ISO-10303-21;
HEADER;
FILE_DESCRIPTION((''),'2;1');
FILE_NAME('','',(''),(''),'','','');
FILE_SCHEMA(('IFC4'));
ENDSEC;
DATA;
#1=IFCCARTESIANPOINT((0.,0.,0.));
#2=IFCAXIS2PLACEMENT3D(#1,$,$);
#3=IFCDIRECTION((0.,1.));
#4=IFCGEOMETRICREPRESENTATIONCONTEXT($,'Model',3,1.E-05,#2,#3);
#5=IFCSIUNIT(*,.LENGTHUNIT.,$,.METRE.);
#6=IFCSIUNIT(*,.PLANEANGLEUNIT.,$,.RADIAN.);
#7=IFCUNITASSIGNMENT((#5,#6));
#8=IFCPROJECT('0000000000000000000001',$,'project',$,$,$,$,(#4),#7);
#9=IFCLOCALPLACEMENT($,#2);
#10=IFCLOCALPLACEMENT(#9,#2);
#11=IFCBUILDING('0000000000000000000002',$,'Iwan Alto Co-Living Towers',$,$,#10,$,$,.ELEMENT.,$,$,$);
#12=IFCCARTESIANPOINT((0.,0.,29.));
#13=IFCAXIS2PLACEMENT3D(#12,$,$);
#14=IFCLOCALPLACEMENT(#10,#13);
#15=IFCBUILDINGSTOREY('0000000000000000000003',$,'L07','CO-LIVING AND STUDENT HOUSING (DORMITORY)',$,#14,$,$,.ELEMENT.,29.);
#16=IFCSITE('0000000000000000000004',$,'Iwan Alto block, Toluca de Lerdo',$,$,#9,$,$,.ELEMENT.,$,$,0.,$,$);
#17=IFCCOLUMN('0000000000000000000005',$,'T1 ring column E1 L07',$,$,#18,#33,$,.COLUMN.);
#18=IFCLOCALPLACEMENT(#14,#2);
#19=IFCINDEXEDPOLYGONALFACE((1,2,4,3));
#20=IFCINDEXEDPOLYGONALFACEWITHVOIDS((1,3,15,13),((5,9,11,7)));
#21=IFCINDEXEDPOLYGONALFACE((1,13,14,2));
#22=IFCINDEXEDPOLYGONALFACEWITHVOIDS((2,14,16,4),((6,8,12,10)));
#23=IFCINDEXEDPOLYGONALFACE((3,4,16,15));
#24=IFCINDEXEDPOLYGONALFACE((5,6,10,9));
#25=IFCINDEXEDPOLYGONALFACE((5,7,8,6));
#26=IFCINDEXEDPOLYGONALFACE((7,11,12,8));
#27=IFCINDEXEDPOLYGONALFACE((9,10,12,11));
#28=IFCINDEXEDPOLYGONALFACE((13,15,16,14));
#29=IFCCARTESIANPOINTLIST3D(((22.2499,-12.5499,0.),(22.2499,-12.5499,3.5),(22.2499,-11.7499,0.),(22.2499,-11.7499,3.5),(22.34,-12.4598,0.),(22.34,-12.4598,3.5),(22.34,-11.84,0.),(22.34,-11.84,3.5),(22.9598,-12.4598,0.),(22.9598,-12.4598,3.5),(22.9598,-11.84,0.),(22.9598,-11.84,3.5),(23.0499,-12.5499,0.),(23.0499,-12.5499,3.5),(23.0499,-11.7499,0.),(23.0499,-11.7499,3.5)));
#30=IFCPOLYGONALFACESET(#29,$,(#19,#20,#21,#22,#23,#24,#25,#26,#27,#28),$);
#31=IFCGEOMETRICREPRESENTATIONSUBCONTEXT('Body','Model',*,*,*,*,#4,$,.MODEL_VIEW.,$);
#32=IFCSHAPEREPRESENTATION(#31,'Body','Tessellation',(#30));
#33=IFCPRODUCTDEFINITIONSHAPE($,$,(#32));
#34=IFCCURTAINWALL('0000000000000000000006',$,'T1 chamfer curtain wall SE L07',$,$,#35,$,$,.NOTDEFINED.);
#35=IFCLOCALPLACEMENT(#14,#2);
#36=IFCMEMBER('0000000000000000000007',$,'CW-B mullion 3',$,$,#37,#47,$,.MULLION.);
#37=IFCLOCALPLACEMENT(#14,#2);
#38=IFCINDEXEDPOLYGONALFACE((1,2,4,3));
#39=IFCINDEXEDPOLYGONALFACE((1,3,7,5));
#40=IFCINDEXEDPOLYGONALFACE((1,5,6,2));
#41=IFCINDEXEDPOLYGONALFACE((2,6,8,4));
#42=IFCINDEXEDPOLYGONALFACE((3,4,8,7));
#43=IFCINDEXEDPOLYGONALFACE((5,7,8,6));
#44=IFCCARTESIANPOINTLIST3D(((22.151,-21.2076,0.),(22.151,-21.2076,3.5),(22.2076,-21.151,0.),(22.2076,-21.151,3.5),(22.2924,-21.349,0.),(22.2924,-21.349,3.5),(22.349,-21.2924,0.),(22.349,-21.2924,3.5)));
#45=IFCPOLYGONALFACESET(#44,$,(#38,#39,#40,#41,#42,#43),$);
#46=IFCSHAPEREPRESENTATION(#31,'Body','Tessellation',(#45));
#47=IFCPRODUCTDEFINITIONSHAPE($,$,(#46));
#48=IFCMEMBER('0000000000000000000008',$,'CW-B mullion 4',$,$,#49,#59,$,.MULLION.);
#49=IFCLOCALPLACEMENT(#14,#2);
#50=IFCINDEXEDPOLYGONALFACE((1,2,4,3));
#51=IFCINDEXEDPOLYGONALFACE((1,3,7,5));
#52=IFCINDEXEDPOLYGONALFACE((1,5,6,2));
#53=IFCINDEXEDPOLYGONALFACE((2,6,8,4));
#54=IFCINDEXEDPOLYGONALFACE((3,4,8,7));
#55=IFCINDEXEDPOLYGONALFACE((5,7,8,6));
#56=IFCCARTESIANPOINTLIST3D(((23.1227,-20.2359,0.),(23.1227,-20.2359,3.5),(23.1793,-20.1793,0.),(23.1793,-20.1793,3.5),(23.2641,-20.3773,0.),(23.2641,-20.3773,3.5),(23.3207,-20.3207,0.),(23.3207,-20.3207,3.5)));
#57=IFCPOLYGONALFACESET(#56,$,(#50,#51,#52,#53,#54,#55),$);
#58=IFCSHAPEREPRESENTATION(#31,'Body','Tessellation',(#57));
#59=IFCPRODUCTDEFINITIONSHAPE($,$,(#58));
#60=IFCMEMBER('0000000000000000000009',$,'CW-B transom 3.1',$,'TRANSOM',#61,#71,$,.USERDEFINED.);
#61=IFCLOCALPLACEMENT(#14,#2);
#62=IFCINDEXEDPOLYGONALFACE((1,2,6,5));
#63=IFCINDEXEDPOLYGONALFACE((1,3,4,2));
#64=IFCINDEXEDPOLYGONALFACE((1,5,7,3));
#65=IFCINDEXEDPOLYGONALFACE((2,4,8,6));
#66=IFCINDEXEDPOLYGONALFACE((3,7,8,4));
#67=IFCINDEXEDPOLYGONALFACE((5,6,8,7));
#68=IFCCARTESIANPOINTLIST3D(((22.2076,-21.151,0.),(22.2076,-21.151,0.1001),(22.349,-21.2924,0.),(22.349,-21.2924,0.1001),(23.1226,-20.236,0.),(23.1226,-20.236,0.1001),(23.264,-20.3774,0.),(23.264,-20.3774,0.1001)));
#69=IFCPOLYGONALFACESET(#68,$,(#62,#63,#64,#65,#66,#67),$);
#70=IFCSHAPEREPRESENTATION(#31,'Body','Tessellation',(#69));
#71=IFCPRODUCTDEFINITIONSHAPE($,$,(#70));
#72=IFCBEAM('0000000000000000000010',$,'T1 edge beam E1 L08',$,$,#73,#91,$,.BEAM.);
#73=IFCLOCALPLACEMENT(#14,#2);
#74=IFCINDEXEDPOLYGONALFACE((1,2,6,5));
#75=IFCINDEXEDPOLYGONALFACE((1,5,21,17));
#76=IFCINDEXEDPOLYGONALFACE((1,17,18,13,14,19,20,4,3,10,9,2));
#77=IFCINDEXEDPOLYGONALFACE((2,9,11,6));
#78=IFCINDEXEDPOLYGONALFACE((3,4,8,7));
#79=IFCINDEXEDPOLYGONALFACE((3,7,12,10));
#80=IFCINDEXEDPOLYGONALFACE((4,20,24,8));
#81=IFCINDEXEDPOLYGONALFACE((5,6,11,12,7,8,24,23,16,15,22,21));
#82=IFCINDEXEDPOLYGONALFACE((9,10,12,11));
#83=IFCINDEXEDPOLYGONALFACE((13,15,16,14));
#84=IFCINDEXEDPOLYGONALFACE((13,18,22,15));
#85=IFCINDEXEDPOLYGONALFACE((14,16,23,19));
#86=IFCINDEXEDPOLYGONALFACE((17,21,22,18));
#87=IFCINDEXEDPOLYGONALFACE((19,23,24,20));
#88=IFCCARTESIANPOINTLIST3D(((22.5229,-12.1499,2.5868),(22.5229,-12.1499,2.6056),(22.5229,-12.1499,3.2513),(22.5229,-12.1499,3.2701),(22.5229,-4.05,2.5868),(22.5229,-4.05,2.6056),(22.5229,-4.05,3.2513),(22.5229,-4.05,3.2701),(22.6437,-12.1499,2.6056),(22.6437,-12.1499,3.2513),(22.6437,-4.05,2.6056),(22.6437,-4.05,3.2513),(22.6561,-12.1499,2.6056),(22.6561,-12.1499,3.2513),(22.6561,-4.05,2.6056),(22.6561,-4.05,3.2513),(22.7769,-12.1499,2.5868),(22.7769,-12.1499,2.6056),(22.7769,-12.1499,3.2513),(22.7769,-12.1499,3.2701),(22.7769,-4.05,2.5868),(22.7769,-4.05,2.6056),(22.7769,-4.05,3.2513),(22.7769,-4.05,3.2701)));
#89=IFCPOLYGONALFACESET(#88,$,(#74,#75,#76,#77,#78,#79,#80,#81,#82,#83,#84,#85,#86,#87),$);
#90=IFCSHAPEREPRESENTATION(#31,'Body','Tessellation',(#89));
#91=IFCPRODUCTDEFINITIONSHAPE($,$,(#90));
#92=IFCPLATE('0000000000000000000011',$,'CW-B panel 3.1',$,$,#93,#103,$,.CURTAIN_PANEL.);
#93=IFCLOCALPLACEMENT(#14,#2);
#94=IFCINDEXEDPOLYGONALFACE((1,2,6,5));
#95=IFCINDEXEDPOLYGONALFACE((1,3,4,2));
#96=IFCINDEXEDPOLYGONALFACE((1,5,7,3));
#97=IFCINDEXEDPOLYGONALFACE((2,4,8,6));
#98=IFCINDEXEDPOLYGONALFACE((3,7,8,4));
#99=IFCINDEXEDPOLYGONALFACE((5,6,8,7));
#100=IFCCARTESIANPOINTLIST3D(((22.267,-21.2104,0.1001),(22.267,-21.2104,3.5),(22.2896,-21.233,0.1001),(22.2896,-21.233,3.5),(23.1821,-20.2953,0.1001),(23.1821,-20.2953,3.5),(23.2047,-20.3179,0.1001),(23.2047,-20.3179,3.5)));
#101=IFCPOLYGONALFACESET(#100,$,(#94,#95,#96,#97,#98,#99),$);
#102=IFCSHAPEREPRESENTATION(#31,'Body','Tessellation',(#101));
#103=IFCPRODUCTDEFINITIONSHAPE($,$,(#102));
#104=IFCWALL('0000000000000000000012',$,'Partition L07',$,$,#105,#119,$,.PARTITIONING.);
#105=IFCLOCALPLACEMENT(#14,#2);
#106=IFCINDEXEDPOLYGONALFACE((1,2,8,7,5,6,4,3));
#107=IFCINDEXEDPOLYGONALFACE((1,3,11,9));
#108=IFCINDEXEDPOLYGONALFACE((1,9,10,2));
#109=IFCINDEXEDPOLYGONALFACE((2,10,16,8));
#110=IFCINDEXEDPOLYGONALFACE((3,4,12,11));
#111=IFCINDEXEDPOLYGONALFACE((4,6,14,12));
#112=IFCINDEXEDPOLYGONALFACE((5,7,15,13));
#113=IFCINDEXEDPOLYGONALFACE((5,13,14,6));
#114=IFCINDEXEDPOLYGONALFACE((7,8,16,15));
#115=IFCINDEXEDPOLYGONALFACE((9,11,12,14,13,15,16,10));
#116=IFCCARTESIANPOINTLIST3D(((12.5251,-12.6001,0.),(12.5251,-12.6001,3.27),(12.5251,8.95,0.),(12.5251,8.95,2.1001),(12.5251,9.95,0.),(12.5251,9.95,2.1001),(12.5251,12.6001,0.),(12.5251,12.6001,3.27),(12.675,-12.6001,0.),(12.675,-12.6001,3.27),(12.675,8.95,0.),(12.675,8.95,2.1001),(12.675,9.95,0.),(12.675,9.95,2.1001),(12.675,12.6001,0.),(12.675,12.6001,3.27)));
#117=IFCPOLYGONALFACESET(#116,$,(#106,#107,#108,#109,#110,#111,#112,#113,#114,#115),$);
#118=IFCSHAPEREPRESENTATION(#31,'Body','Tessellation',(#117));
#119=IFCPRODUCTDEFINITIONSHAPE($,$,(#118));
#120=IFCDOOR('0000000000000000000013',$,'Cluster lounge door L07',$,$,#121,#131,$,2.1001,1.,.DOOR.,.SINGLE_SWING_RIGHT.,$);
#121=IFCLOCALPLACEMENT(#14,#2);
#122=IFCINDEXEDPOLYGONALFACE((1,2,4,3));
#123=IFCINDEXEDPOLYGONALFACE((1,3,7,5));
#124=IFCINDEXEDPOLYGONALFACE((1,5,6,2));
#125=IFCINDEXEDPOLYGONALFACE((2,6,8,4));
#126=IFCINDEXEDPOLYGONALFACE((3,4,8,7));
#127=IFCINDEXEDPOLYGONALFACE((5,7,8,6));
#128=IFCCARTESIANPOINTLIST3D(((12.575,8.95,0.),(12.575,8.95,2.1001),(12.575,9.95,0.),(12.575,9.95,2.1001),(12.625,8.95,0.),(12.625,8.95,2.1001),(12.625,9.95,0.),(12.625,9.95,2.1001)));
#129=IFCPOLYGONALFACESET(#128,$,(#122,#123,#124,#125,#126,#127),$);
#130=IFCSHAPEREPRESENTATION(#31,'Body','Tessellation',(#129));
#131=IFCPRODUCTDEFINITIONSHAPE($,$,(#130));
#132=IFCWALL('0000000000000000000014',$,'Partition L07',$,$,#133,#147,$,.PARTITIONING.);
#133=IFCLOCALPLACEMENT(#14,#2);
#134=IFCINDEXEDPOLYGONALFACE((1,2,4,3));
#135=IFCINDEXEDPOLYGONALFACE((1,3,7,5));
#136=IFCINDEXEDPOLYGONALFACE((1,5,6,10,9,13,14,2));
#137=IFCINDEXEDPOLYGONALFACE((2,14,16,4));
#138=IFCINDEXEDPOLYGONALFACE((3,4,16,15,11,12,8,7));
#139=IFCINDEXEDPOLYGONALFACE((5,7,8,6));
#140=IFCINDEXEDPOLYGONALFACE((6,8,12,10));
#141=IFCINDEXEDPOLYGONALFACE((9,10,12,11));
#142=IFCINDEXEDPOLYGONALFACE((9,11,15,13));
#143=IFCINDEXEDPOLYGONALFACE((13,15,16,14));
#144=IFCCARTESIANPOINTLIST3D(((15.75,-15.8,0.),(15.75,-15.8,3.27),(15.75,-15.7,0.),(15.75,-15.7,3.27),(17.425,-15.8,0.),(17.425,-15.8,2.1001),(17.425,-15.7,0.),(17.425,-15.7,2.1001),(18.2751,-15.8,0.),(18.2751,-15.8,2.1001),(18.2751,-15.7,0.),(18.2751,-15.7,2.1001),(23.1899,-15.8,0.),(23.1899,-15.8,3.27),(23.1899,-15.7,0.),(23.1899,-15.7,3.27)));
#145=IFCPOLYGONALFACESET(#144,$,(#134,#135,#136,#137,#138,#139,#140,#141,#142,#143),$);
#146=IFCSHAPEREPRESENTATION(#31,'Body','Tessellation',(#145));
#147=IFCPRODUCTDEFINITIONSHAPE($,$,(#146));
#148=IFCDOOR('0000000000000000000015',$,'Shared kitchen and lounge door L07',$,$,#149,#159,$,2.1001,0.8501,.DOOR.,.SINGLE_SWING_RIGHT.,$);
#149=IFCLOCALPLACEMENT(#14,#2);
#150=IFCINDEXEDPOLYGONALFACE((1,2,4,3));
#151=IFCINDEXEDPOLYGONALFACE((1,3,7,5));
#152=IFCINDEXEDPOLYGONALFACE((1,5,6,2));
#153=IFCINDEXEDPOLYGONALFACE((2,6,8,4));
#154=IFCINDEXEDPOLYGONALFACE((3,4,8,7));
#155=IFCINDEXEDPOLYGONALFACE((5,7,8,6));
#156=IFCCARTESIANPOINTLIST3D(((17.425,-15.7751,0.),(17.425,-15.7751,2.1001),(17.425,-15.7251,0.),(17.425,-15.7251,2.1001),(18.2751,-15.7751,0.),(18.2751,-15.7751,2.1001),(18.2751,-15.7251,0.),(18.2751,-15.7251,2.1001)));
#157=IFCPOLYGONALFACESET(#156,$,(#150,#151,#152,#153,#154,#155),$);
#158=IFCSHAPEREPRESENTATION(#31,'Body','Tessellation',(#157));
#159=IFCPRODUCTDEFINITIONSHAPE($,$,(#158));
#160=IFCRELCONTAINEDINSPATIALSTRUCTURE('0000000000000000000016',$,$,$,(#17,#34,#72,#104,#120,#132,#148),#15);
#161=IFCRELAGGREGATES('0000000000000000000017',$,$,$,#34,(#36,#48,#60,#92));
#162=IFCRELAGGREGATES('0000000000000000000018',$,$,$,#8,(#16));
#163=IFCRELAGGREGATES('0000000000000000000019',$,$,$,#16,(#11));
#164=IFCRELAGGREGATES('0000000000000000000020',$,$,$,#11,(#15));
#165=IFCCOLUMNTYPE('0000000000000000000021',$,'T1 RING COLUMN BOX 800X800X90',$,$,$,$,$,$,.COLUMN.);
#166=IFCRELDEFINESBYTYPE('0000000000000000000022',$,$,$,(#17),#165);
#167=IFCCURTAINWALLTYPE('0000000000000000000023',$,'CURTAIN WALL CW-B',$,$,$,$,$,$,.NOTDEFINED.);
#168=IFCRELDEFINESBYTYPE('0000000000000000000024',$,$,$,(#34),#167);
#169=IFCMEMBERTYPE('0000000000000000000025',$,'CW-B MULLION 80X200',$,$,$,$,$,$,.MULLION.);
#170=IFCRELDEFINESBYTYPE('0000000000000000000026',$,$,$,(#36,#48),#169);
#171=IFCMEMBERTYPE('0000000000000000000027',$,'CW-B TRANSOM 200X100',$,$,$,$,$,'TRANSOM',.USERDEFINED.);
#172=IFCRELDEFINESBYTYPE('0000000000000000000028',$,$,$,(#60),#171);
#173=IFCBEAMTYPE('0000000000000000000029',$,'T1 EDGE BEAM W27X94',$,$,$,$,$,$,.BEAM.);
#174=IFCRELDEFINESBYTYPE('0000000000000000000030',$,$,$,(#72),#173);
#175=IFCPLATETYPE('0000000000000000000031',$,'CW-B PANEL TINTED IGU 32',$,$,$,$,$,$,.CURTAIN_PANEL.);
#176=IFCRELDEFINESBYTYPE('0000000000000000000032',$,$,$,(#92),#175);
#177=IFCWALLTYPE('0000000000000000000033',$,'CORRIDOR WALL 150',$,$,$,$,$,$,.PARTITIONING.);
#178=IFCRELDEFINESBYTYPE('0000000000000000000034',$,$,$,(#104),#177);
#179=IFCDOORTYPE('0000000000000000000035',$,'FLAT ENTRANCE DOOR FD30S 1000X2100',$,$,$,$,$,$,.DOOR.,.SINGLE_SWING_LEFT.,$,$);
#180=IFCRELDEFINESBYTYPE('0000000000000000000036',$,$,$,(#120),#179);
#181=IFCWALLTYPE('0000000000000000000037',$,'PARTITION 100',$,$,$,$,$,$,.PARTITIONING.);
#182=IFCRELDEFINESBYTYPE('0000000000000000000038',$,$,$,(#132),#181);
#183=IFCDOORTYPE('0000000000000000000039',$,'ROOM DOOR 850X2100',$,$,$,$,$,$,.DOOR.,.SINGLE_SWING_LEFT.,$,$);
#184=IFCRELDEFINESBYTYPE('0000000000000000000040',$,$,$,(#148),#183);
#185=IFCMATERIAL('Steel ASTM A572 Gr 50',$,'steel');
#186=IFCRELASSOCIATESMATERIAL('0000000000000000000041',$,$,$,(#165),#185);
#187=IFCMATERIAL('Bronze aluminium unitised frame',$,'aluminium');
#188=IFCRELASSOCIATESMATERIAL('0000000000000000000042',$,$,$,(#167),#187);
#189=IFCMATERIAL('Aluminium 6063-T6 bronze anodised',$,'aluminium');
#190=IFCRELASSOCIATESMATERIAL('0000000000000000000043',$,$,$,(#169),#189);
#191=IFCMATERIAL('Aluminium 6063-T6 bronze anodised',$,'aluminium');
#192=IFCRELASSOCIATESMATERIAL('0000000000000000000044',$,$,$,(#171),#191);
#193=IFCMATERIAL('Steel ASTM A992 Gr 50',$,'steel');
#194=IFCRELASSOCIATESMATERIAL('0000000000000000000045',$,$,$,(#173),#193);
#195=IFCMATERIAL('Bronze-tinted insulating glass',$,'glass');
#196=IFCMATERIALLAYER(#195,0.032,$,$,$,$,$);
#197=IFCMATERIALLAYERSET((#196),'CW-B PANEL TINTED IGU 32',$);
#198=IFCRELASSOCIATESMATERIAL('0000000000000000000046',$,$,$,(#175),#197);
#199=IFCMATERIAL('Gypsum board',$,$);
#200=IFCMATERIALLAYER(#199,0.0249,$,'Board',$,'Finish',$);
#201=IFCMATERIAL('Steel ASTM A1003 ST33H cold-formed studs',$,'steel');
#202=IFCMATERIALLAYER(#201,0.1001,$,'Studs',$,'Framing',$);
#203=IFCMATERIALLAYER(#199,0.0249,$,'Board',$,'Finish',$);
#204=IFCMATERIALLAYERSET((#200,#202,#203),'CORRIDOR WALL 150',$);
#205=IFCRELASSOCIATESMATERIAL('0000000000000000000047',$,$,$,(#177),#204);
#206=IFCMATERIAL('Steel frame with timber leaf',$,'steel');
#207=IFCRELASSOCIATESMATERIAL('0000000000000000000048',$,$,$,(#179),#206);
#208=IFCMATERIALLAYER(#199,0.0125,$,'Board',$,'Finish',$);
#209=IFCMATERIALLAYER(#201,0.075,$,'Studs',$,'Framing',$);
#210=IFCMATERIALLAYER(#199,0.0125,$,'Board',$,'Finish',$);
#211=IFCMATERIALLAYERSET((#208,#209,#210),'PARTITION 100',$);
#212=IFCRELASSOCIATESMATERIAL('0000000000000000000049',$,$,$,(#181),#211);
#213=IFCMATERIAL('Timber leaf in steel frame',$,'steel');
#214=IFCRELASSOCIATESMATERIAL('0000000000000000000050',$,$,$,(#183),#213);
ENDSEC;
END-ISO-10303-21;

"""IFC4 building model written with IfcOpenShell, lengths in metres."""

from ifc_helpers import new_model, si_unit, direction, frame, frame_2d, origin, origin_2d, place, context, subcontext, project, spatial, rectangle, hollow_rectangle, i_section, extrude, material, layer, layer_set, material_profile, profile_set, type_object, element, fill, aggregate, save


model = new_model("IFC4")

# Units and contexts
model_context = context("Model", 3, precision=1e-05, world=origin(), true_north=direction((0.0, 1.0)))
body_context = subcontext(model_context, "Body", "Model", "MODEL_VIEW")
ifc_project = project(units=[si_unit("LENGTHUNIT", "METRE"), si_unit("PLANEANGLEUNIT", "RADIAN")], contexts=[model_context])

# Site, building, storey
site_placement = place(None, origin())
site = spatial("IfcSite", under=ifc_project, at=site_placement, Name="Iwan Alto block, Toluca de Lerdo", CompositionType="ELEMENT", RefElevation=0.0)
building_placement = place(site_placement, origin())
building = spatial("IfcBuilding", under=site, at=building_placement, Name="Iwan Alto Co-Living Towers", CompositionType="ELEMENT")
storey_placement = place(building_placement, frame((0.0, 0.0, 29.0)))
storey = spatial("IfcBuildingStorey", under=building, at=storey_placement, Name="L07", Description="CO-LIVING AND STUDENT HOUSING (DORMITORY)", CompositionType="ELEMENT", Elevation=29.0)

# Column
ifc_material_1 = material(Name="Steel ASTM A572 Gr 50", Category="steel")
ifc_material_profile_1 = material_profile(ifc_material_1, hollow_rectangle(XDim=0.8, YDim=0.8, WallThickness=0.0901, at=origin_2d()), Name="BOX 800X800X90")
ifc_profile_set_1 = profile_set([ifc_material_profile_1], Name="Steel ASTM A572 Gr 50")
column_type = type_object("IfcColumnType", Name="T1 RING COLUMN BOX 800X800X90", PredefinedType="COLUMN", material=ifc_profile_set_1)
column_placement = place(storey_placement, frame((22.6499, -12.1499, 0.0), z_axis=(0.0, 0.0, 1.0), x_axis=(1.0, 0.0, 0.0)))
element("IfcColumn", 1, at=column_placement, inside=storey, type_object=column_type, Name="T1 ring column E1 L07", PredefinedType="COLUMN", context=body_context, shape_type="SweptSolid", body=[
    extrude(hollow_rectangle(XDim=0.8, YDim=0.8, WallThickness=0.0901, at=origin_2d()), origin(), (0.0, 0.0, 1.0), 3.5),
])

# Curtain wall, members
ifc_material_2 = material(Name="Bronze aluminium unitised frame", Category="aluminium")
curtain_wall_type = type_object("IfcCurtainWallType", Name="CURTAIN WALL CW-B", PredefinedType="NOTDEFINED", material=ifc_material_2)
curtain_wall_placement = place(storey_placement, origin())
curtain_wall = element("IfcCurtainWall", 2, at=curtain_wall_placement, inside=storey, type_object=curtain_wall_type, Name="T1 chamfer curtain wall SE L07", PredefinedType="NOTDEFINED")
ifc_material_3 = material(Name="Aluminium 6063-T6 bronze anodised", Category="aluminium")
ifc_material_profile_2 = material_profile(ifc_material_3, rectangle(XDim=0.2, YDim=0.0801, at=origin_2d()), Name="AL 80X200")
ifc_profile_set_2 = profile_set([ifc_material_profile_2], Name="Aluminium 6063-T6 bronze anodised")
member_type_1 = type_object("IfcMemberType", Name="CW-B MULLION 80X200", PredefinedType="MULLION", material=ifc_profile_set_2)
member_1_placement = place(storey_placement, frame((22.25, -21.25, 0.0), z_axis=(0.0, 0.0, 1.0), x_axis=(-0.707107, 0.707107, 0.0)))
member_1 = element("IfcMember", 3, at=member_1_placement, type_object=member_type_1, Name="CW-B mullion 3", PredefinedType="MULLION", context=body_context, shape_type="SweptSolid", body=[
    extrude(rectangle(XDim=0.2, YDim=0.0801, at=origin_2d()), origin(), (0.0, 0.0, 1.0), 3.5),
])
member_2_placement = place(storey_placement, frame((23.2217, -20.2783, 0.0), z_axis=(0.0, 0.0, 1.0), x_axis=(-0.707107, 0.707107, 0.0)))
member_2 = element("IfcMember", 4, at=member_2_placement, type_object=member_type_1, Name="CW-B mullion 4", PredefinedType="MULLION", context=body_context, shape_type="SweptSolid", body=[
    extrude(rectangle(XDim=0.2, YDim=0.0801, at=origin_2d()), origin(), (0.0, 0.0, 1.0), 3.5),
])
ifc_material_4 = material(Name="Aluminium 6063-T6 bronze anodised", Category="aluminium")
ifc_material_profile_3 = material_profile(ifc_material_4, rectangle(XDim=0.2, YDim=0.1001, at=origin_2d()), Name="AL 200X100")
ifc_profile_set_3 = profile_set([ifc_material_profile_3], Name="Aluminium 6063-T6 bronze anodised")
member_type_2 = type_object("IfcMemberType", Name="CW-B TRANSOM 200X100", ElementType="TRANSOM", PredefinedType="USERDEFINED", material=ifc_profile_set_3)
member_3_placement = place(storey_placement, frame((22.2783, -21.2217, 0.05), z_axis=(0.707107, 0.707107, 0.0), x_axis=(-0.707107, 0.707107, 0.0)))
member_3 = element("IfcMember", 5, at=member_3_placement, type_object=member_type_2, Name="CW-B transom 3.1", ObjectType="TRANSOM", PredefinedType="USERDEFINED", context=body_context, shape_type="SweptSolid", body=[
    extrude(rectangle(XDim=0.2, YDim=0.1001, at=origin_2d()), origin(), (0.0, 0.0, 1.0), 1.2939),
])

# Beam
ifc_material_5 = material(Name="Steel ASTM A992 Gr 50", Category="steel")
ifc_material_profile_4 = material_profile(ifc_material_5, i_section(OverallWidth=0.2539, OverallDepth=0.6833, WebThickness=0.0125, FlangeThickness=0.0188, at=origin_2d()), Name="W27X94")
ifc_profile_set_4 = profile_set([ifc_material_profile_4], Name="Steel ASTM A992 Gr 50")
beam_type = type_object("IfcBeamType", Name="T1 EDGE BEAM W27X94", PredefinedType="BEAM", material=ifc_profile_set_4)
beam_placement = place(storey_placement, frame((22.6499, -12.1499, 2.9285), z_axis=(0.0, 1.0, 0.0), x_axis=(-1.0, 0.0, 0.0)))
element("IfcBeam", 6, at=beam_placement, inside=storey, type_object=beam_type, Name="T1 edge beam E1 L08", PredefinedType="BEAM", context=body_context, shape_type="SweptSolid", body=[
    extrude(i_section(OverallWidth=0.2539, OverallDepth=0.6833, WebThickness=0.0125, FlangeThickness=0.0188, at=origin_2d()), origin(), (0.0, 0.0, 1.0), 8.0999),
])

# Plate
ifc_material_6 = material(Name="Bronze-tinted insulating glass", Category="glass")
ifc_layer_1 = layer(ifc_material_6, 0.032)
ifc_layer_set_1 = layer_set([ifc_layer_1], Name="CW-B PANEL TINTED IGU 32")
plate_type = type_object("IfcPlateType", Name="CW-B PANEL TINTED IGU 32", PredefinedType="CURTAIN_PANEL", material=ifc_layer_set_1)
plate_placement = place(storey_placement, frame((22.7358, -20.7642, 0.1001), z_axis=(0.0, 0.0, 1.0), x_axis=(0.707107, 0.707107, 0.0)))
plate = element("IfcPlate", 7, at=plate_placement, type_object=plate_type, Name="CW-B panel 3.1", PredefinedType="CURTAIN_PANEL", context=body_context, shape_type="SweptSolid", body=[
    extrude(rectangle(XDim=1.2942, YDim=0.032, at=origin_2d()), origin(), (0.0, 0.0, 1.0), 3.3999),
])
aggregate(curtain_wall, [member_1, member_2, member_3, plate])

# Walls, openings, doors
ifc_material_7 = material(Name="Gypsum board")
ifc_layer_2 = layer(ifc_material_7, 0.0249, Name="Board", Category="Finish")
ifc_material_8 = material(Name="Steel ASTM A1003 ST33H cold-formed studs", Category="steel")
ifc_layer_3 = layer(ifc_material_8, 0.1001, Name="Studs", Category="Framing")
ifc_layer_4 = layer(ifc_material_7, 0.0249, Name="Board", Category="Finish")
ifc_layer_set_2 = layer_set([ifc_layer_2, ifc_layer_3, ifc_layer_4], Name="CORRIDOR WALL 150")
wall_type_1 = type_object("IfcWallType", Name="CORRIDOR WALL 150", PredefinedType="PARTITIONING", material=ifc_layer_set_2)
wall_1_placement = place(storey_placement, frame((12.6001, -12.6001, 0.0), z_axis=(0.0, 0.0, 1.0), x_axis=(0.0, 1.0, 0.0)))
wall_1 = element("IfcWall", 8, at=wall_1_placement, inside=storey, type_object=wall_type_1, Name="Partition L07", PredefinedType="PARTITIONING", context=body_context, shape_type="SweptSolid", body=[
    extrude(rectangle(XDim=25.2002, YDim=0.1499, at=frame_2d((12.6001, 0.0))), origin(), (0.0, 0.0, 1.0), 3.27),
])
opening_1_placement = place(wall_1_placement, frame((21.55, 0.0, 0.0)))
opening_1 = element("IfcOpeningElement", 9, at=opening_1_placement, cuts=wall_1, PredefinedType="OPENING", context=body_context, shape_type="SweptSolid", body=[
    extrude(rectangle(XDim=1.0, YDim=2.1001, at=frame_2d((0.5, 1.05))), frame((0.0, 0.085, 0.0), z_axis=(0.0, -1.0, 0.0), x_axis=(1.0, 0.0, 0.0)), (0.0, 0.0, 1.0), 0.1699),
])
ifc_material_9 = material(Name="Steel frame with timber leaf", Category="steel")
door_type_1 = type_object("IfcDoorType", Name="FLAT ENTRANCE DOOR FD30S 1000X2100", OperationType="SINGLE_SWING_LEFT", PredefinedType="DOOR", material=ifc_material_9)
door_1_placement = place(opening_1_placement, frame((1.0, 0.0, 0.0), z_axis=(0.0, 0.0, 1.0), x_axis=(-1.0, 0.0, 0.0)))
door_1 = element("IfcDoor", 10, at=door_1_placement, inside=storey, type_object=door_type_1, Name="Cluster lounge door L07", OperationType="SINGLE_SWING_RIGHT", OverallHeight=2.1001, OverallWidth=1.0, PredefinedType="DOOR", context=body_context, shape_type="SweptSolid", body=[
    extrude(rectangle(XDim=1.0, YDim=2.1001, at=frame_2d((0.5, 1.05))), frame((0.0, 0.0249, 0.0), z_axis=(0.0, -1.0, 0.0), x_axis=(1.0, 0.0, 0.0)), (0.0, 0.0, 1.0), 0.05),
])
fill(opening_1, door_1)
ifc_layer_5 = layer(ifc_material_7, 0.0125, Name="Board", Category="Finish")
ifc_layer_6 = layer(ifc_material_8, 0.075, Name="Studs", Category="Framing")
ifc_layer_7 = layer(ifc_material_7, 0.0125, Name="Board", Category="Finish")
ifc_layer_set_3 = layer_set([ifc_layer_5, ifc_layer_6, ifc_layer_7], Name="PARTITION 100")
wall_type_2 = type_object("IfcWallType", Name="PARTITION 100", PredefinedType="PARTITIONING", material=ifc_layer_set_3)
wall_2_placement = place(storey_placement, frame((15.75, -15.75, 0.0), z_axis=(0.0, 0.0, 1.0), x_axis=(1.0, 0.0, 0.0)))
wall_2 = element("IfcWall", 11, at=wall_2_placement, inside=storey, type_object=wall_type_2, Name="Partition L07", PredefinedType="PARTITIONING", context=body_context, shape_type="SweptSolid", body=[
    extrude(rectangle(XDim=7.4399, YDim=0.1001, at=frame_2d((3.72, 0.0))), origin(), (0.0, 0.0, 1.0), 3.27),
])
opening_2_placement = place(wall_2_placement, frame((1.675, 0.0, 0.0)))
opening_2 = element("IfcOpeningElement", 12, at=opening_2_placement, cuts=wall_2, PredefinedType="OPENING", context=body_context, shape_type="SweptSolid", body=[
    extrude(rectangle(XDim=0.8501, YDim=2.1001, at=frame_2d((0.425, 1.05))), frame((0.0, 0.0601, 0.0), z_axis=(0.0, -1.0, 0.0), x_axis=(1.0, 0.0, 0.0)), (0.0, 0.0, 1.0), 0.1201),
])
ifc_material_10 = material(Name="Timber leaf in steel frame", Category="steel")
door_type_2 = type_object("IfcDoorType", Name="ROOM DOOR 850X2100", OperationType="SINGLE_SWING_LEFT", PredefinedType="DOOR", material=ifc_material_10)
door_2_placement = place(opening_2_placement, origin())
door_2 = element("IfcDoor", 13, at=door_2_placement, inside=storey, type_object=door_type_2, Name="Shared kitchen and lounge door L07", OperationType="SINGLE_SWING_RIGHT", OverallHeight=2.1001, OverallWidth=0.8501, PredefinedType="DOOR", context=body_context, shape_type="SweptSolid", body=[
    extrude(rectangle(XDim=0.8501, YDim=2.1001, at=frame_2d((0.425, 1.05))), frame((0.0, 0.0249, 0.0), z_axis=(0.0, -1.0, 0.0), x_axis=(1.0, 0.0, 0.0)), (0.0, 0.0, 1.0), 0.05),
])
fill(opening_2, door_2)

save(model, "model.ifc")
